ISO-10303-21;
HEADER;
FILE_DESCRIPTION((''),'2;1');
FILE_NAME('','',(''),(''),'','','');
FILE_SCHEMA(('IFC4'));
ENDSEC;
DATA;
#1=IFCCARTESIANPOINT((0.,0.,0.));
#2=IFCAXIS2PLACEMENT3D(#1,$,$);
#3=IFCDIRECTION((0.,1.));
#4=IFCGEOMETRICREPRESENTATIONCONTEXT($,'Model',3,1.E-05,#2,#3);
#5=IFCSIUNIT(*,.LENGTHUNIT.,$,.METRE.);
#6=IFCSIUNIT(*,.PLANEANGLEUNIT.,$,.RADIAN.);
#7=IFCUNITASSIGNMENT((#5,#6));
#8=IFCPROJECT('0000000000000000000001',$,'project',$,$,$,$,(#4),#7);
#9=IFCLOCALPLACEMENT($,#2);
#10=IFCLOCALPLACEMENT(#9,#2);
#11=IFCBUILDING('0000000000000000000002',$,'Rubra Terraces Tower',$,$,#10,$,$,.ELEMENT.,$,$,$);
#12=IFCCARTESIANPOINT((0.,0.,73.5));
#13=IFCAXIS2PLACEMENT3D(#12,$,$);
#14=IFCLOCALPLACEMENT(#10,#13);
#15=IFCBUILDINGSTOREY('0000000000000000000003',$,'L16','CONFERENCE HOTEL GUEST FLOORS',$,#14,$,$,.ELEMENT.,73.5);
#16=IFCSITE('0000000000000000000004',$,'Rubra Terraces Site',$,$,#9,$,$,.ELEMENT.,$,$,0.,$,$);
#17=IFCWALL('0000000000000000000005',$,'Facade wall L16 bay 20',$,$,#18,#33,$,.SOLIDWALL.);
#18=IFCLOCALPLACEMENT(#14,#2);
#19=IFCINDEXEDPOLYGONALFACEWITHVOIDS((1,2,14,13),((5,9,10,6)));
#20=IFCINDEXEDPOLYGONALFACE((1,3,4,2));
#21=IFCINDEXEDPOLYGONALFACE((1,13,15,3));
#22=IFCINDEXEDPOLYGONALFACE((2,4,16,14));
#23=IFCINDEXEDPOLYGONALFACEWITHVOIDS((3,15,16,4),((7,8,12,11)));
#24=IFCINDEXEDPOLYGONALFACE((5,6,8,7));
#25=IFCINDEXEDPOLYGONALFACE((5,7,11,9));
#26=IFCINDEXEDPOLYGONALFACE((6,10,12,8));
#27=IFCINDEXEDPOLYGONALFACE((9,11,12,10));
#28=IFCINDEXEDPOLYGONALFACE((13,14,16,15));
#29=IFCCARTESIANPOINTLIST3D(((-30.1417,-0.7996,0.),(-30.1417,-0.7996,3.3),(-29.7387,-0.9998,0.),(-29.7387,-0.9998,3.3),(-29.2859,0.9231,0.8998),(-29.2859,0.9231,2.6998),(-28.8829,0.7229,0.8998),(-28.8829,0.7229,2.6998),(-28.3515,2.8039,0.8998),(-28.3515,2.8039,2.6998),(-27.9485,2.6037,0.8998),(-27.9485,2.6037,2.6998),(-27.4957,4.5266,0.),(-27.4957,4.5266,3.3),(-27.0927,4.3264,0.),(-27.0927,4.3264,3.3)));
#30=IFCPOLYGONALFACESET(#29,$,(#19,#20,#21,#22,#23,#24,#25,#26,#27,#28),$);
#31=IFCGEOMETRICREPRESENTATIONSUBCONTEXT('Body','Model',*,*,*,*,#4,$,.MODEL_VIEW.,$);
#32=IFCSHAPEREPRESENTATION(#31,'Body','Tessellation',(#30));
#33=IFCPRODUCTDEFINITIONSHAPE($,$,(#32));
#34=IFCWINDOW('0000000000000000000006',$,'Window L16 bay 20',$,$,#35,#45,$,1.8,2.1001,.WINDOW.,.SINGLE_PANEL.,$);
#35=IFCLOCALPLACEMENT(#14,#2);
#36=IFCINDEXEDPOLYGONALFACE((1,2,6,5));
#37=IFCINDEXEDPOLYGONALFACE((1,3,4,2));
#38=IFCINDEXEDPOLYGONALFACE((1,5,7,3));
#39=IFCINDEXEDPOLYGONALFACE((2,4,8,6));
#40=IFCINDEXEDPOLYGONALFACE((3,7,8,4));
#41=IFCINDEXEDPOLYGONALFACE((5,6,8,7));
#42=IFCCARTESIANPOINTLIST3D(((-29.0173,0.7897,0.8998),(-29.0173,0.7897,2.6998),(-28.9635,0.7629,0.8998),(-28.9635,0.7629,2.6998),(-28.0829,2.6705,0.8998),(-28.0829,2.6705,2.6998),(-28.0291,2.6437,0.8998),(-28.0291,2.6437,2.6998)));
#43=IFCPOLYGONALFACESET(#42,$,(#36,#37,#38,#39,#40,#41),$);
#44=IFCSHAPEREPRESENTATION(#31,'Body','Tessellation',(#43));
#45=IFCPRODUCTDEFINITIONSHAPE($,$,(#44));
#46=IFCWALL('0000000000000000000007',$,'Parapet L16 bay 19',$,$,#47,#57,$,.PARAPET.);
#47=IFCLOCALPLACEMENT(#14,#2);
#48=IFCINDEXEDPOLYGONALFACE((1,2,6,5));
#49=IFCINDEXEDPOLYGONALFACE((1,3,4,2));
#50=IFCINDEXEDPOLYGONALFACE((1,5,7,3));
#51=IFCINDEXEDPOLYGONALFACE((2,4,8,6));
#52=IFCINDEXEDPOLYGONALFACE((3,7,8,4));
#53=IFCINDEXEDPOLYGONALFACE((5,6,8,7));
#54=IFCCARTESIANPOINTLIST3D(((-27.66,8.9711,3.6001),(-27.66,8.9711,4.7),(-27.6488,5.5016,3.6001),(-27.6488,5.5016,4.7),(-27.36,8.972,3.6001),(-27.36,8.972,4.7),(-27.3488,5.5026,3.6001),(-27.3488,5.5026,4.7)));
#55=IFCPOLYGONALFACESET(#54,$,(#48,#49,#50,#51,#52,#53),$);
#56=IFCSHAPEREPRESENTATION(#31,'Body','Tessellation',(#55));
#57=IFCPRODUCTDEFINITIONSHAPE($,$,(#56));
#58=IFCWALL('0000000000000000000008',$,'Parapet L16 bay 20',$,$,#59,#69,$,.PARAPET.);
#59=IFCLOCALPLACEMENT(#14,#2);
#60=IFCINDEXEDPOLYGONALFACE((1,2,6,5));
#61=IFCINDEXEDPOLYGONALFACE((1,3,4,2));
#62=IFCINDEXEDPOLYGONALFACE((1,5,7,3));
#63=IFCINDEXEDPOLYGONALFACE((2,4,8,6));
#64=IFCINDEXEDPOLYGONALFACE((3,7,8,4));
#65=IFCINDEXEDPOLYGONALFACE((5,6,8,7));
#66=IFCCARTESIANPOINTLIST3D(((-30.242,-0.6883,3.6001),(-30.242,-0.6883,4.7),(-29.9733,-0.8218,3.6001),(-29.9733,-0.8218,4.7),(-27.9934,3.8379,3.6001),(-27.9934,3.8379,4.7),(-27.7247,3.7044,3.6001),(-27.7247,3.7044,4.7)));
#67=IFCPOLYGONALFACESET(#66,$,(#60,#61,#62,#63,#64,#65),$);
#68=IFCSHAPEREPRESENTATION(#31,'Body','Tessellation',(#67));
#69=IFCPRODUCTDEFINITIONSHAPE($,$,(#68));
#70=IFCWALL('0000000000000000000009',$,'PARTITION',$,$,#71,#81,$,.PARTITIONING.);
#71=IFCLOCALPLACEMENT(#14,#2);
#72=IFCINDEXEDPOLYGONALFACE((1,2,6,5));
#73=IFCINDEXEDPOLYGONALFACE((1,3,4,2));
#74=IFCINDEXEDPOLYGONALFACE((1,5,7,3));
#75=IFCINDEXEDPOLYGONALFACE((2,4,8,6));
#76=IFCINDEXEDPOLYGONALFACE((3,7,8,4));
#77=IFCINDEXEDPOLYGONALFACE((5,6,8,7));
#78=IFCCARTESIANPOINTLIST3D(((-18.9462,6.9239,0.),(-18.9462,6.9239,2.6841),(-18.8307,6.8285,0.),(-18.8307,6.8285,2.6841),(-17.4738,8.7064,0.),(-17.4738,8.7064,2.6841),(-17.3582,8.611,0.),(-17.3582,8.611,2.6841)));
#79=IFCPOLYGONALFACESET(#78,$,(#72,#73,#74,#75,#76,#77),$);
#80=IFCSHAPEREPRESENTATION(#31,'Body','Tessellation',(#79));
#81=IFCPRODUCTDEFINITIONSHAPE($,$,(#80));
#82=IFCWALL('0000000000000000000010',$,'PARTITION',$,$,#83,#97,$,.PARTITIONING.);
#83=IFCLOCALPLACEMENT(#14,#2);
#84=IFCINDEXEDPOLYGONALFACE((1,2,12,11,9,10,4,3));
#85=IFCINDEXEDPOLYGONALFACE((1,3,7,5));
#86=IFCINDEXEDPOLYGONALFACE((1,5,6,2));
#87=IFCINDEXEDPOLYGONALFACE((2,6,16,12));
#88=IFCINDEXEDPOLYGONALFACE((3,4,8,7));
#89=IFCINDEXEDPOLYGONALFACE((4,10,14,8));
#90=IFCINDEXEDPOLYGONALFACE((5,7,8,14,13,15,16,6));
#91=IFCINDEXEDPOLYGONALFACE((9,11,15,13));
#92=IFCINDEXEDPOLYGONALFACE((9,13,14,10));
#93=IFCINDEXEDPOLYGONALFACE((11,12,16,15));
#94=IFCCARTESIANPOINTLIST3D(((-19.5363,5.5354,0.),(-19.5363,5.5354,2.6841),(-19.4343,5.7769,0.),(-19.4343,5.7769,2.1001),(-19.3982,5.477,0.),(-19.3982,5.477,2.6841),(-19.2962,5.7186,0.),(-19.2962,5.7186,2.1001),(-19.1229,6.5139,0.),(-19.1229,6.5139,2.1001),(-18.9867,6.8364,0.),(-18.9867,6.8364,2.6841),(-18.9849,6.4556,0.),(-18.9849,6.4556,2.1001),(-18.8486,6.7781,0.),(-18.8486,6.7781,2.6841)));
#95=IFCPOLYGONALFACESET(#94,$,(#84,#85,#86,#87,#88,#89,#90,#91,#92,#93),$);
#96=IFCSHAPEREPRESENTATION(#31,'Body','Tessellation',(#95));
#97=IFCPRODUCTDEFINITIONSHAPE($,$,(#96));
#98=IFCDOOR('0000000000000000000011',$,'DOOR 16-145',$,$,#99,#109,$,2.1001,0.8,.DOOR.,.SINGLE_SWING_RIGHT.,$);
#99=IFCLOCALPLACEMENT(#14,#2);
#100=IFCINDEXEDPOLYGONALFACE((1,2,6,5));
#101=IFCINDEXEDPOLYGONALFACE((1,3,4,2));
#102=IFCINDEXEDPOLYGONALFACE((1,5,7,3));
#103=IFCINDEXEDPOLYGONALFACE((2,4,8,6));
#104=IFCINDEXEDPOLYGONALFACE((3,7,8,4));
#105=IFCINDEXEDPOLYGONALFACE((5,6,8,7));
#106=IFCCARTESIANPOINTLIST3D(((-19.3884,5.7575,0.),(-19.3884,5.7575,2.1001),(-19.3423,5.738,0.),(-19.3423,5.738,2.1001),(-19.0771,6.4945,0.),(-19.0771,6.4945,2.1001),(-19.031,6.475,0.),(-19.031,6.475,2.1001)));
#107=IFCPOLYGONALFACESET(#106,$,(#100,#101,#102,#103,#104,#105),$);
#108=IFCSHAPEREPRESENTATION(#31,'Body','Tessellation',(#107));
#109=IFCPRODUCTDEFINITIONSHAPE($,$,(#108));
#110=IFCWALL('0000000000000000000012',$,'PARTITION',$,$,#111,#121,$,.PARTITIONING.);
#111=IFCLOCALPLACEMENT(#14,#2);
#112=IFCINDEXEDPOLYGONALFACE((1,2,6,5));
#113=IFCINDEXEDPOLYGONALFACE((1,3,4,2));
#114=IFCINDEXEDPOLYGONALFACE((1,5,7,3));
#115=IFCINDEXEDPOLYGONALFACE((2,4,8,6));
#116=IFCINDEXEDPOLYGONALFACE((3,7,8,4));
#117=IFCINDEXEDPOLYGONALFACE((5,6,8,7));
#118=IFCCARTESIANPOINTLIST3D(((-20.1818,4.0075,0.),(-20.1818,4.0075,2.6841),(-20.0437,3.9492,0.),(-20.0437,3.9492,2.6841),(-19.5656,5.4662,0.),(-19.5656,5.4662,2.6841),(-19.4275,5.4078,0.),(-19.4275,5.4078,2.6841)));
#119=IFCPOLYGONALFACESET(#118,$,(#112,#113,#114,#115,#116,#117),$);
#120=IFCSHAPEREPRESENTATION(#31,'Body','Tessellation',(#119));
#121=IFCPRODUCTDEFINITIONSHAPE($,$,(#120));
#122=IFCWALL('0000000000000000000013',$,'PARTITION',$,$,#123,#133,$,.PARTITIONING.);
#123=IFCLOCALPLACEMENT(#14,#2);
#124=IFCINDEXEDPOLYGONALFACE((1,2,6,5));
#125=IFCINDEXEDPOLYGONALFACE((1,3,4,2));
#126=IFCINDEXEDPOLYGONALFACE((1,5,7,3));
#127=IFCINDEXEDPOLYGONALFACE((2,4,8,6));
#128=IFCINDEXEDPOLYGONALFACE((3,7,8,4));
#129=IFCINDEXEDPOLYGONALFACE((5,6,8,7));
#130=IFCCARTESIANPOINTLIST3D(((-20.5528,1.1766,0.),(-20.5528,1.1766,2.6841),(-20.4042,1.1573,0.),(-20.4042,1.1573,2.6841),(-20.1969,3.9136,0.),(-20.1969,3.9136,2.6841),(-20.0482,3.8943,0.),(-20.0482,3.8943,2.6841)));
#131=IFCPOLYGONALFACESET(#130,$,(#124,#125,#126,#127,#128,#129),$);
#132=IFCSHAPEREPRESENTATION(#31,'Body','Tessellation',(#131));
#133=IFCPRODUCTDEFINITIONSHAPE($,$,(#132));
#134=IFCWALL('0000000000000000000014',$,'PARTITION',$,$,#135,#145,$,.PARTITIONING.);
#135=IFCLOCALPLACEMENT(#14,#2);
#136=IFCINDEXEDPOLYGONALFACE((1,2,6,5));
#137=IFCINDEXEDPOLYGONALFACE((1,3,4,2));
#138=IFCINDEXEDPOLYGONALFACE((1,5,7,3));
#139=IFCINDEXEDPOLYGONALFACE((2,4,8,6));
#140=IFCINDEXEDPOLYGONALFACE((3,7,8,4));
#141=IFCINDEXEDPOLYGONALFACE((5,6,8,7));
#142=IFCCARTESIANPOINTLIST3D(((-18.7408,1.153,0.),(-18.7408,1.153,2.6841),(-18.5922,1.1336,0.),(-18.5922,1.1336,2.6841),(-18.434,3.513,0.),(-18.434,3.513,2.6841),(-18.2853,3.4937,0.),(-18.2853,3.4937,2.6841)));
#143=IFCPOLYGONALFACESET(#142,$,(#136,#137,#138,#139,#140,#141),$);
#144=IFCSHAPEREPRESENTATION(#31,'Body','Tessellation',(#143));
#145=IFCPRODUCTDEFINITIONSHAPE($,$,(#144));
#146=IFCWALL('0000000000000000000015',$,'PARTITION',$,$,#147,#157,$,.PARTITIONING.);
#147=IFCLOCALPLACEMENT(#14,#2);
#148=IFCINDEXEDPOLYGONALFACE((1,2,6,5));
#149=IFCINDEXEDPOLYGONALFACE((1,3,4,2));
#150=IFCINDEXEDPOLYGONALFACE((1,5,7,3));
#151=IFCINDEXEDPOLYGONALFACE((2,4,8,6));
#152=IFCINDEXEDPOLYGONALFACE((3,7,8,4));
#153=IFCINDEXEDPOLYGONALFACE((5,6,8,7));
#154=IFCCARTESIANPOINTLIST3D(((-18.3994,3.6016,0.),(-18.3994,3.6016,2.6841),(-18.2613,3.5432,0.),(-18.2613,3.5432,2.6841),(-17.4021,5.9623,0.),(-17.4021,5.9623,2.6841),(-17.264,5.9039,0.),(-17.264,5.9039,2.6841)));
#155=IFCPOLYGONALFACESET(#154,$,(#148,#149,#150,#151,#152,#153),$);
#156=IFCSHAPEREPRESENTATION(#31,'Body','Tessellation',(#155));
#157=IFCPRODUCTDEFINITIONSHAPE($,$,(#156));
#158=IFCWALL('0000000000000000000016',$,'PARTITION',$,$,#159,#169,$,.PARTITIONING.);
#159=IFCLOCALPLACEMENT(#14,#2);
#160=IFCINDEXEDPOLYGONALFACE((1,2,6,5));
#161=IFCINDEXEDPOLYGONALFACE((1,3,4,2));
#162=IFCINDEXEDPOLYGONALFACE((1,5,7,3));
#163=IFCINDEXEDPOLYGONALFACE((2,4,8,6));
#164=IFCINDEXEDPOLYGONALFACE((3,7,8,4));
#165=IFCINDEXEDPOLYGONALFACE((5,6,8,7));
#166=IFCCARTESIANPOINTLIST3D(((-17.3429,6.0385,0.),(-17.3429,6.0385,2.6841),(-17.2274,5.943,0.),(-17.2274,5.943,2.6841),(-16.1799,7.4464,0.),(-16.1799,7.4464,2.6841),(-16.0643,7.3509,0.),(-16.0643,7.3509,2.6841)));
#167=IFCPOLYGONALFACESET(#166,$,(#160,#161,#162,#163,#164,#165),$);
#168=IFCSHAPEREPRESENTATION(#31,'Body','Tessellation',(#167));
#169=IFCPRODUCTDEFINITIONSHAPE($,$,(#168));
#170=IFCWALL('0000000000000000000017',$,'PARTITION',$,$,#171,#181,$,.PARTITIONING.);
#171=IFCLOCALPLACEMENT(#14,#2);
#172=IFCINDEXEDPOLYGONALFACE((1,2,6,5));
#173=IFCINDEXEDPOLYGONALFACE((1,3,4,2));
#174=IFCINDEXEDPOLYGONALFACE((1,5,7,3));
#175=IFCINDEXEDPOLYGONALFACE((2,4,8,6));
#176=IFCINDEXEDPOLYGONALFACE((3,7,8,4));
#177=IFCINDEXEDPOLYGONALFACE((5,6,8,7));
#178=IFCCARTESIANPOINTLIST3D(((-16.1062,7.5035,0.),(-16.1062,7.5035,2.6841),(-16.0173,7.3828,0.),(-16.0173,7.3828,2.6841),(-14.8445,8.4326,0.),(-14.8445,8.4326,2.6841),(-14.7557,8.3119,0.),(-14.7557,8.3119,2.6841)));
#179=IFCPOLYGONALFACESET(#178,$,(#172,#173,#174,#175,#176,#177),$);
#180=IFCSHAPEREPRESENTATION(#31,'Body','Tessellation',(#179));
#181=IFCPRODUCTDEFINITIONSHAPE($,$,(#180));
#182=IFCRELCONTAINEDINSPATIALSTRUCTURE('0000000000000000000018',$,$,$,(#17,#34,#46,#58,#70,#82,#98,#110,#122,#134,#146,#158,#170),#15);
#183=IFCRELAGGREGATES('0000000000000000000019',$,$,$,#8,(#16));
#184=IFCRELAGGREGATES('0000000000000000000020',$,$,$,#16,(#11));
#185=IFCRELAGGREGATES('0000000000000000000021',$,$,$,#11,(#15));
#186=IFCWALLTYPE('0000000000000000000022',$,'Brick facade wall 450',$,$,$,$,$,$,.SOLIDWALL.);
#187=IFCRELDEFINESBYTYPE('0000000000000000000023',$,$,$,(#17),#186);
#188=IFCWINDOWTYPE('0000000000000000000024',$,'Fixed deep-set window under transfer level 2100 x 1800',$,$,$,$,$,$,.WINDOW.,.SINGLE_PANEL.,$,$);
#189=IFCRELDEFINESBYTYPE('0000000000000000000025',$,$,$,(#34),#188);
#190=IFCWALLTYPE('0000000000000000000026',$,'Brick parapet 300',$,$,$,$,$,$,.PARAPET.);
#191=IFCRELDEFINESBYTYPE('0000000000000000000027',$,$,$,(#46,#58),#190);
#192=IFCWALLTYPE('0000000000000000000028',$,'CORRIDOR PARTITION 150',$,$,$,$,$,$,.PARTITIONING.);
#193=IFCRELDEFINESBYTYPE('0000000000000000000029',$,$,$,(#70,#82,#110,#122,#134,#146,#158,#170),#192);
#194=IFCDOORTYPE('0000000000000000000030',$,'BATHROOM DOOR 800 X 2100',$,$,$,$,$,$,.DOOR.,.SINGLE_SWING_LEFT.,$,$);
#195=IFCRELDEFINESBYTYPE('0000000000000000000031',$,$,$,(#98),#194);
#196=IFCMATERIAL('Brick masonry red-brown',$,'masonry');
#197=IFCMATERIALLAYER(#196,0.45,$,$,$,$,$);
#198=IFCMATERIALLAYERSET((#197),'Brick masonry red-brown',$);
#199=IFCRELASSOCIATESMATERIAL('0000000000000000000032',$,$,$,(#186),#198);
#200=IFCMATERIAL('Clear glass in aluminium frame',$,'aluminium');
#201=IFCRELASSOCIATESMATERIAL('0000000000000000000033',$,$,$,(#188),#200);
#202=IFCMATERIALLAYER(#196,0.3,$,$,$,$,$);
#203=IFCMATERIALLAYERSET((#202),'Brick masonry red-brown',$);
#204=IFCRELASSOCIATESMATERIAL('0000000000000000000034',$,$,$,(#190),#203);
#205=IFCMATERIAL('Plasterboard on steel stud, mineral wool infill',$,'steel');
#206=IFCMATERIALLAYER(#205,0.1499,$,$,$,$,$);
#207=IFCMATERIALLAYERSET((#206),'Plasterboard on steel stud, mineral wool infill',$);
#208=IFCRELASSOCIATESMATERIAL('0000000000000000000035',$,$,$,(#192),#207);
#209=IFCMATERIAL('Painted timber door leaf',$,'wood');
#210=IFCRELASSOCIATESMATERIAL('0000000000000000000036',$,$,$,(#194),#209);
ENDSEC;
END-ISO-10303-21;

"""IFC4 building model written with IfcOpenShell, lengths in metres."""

from ifc_helpers import new_model, si_unit, direction, frame, frame_2d, origin, place, context, subcontext, project, spatial, rectangle, extrude, material, layer, layer_set, type_object, element, fill, save


model = new_model("IFC4")

# Units and contexts
model_context = context("Model", 3, precision=1e-05, world=origin(), true_north=direction((0.0, 1.0)))
body_context = subcontext(model_context, "Body", "Model", "MODEL_VIEW")
ifc_project = project(units=[si_unit("LENGTHUNIT", "METRE"), si_unit("PLANEANGLEUNIT", "RADIAN")], contexts=[model_context])

# Site, building, storey
site_placement = place(None, origin())
site = spatial("IfcSite", under=ifc_project, at=site_placement, Name="Rubra Terraces Site", CompositionType="ELEMENT", RefElevation=0.0)
building_placement = place(site_placement, origin())
building = spatial("IfcBuilding", under=site, at=building_placement, Name="Rubra Terraces Tower", CompositionType="ELEMENT")
storey_placement = place(building_placement, frame((0.0, 0.0, 73.5)))
storey = spatial("IfcBuildingStorey", under=building, at=storey_placement, Name="L16", Description="CONFERENCE HOTEL GUEST FLOORS", CompositionType="ELEMENT", Elevation=73.5)

# Wall, opening, window
ifc_material_1 = material(Name="Brick masonry red-brown", Category="masonry")
ifc_layer_1 = layer(ifc_material_1, 0.45)
ifc_layer_set_1 = layer_set([ifc_layer_1], Name="Brick masonry red-brown")
wall_type_1 = type_object("IfcWallType", Name="Brick facade wall 450", PredefinedType="SOLIDWALL", material=ifc_layer_set_1)
ifc_material_2 = material(Name="Clear glass in aluminium frame", Category="aluminium")
window_type = type_object("IfcWindowType", Name="Fixed deep-set window under transfer level 2100 x 1800", PartitioningType="SINGLE_PANEL", PredefinedType="WINDOW", material=ifc_material_2)
wall_1_placement = place(storey_placement, frame((-27.2942, 4.4265, 0.0), z_axis=(0.0, 0.0, 1.0), x_axis=(-0.444913, -0.895574, 0.0)))
wall_1 = element("IfcWall", 1, at=wall_1_placement, inside=storey, type_object=wall_type_1, Name="Facade wall L16 bay 20", PredefinedType="SOLIDWALL", context=body_context, shape_type="SweptSolid", body=[
    extrude(rectangle(XDim=5.9473, YDim=0.45, at=frame_2d((2.9736, 0.0))), origin(), (0.0, 0.0, 1.0), 3.3),
])
opening_1_placement = place(wall_1_placement, frame((1.9236, 0.0, 0.8999)))
opening_1 = element("IfcOpeningElement", 2, at=opening_1_placement, cuts=wall_1, PredefinedType="OPENING", context=body_context, shape_type="SweptSolid", body=[
    extrude(rectangle(XDim=2.1001, YDim=1.8, at=frame_2d((1.05, 0.8999))), frame((0.0, 0.2349, 0.0), z_axis=(0.0, -1.0, 0.0), x_axis=(1.0, 0.0, 0.0)), (0.0, 0.0, 1.0), 0.47),
])
window_1_placement = place(opening_1_placement, origin())
window_1 = element("IfcWindow", 3, at=window_1_placement, inside=storey, type_object=window_type, Name="Window L16 bay 20", OverallHeight=1.8, OverallWidth=2.1001, PartitioningType="SINGLE_PANEL", PredefinedType="WINDOW", context=body_context, shape_type="SweptSolid", body=[
    extrude(rectangle(XDim=2.1001, YDim=1.8, at=frame_2d((1.05, 0.8999))), frame((0.0, 0.135, 0.0), z_axis=(0.0, -1.0, 0.0), x_axis=(1.0, 0.0, 0.0)), (0.0, 0.0, 1.0), 0.0601),
])
fill(opening_1, window_1)

# Walls
ifc_layer_2 = layer(ifc_material_1, 0.3)
ifc_layer_set_2 = layer_set([ifc_layer_2], Name="Brick masonry red-brown")
wall_type_2 = type_object("IfcWallType", Name="Brick parapet 300", PredefinedType="PARAPET", material=ifc_layer_set_2)
wall_2_placement = place(storey_placement, frame((-27.51, 8.9717, 3.6001), z_axis=(0.0, 0.0, 1.0), x_axis=(0.003237, -0.999995, 0.0)))
element("IfcWall", 4, at=wall_2_placement, inside=storey, type_object=wall_type_2, Name="Parapet L16 bay 19", PredefinedType="PARAPET", context=body_context, shape_type="SweptSolid", body=[
    extrude(rectangle(XDim=3.4695, YDim=0.3, at=frame_2d((1.7349, 0.0))), origin(), (0.0, 0.0, 1.0), 1.0999),
])
wall_3_placement = place(storey_placement, frame((-27.8591, 3.771, 3.6001), z_axis=(0.0, 0.0, 1.0), x_axis=(-0.444913, -0.895574, 0.0)))
element("IfcWall", 5, at=wall_3_placement, inside=storey, type_object=wall_type_2, Name="Parapet L16 bay 20", PredefinedType="PARAPET", context=body_context, shape_type="SweptSolid", body=[
    extrude(rectangle(XDim=5.054, YDim=0.3, at=frame_2d((2.5269, 0.0))), origin(), (0.0, 0.0, 1.0), 1.0999),
])
ifc_material_3 = material(Name="Plasterboard on steel stud, mineral wool infill", Category="steel")
ifc_layer_3 = layer(ifc_material_3, 0.1499)
ifc_layer_set_3 = layer_set([ifc_layer_3], Name="Plasterboard on steel stud, mineral wool infill")
wall_type_3 = type_object("IfcWallType", Name="CORRIDOR PARTITION 150", PredefinedType="PARTITIONING", material=ifc_layer_set_3)
wall_4_placement = place(storey_placement, frame((-17.416, 8.6587, 0.0), z_axis=(0.0, 0.0, 1.0), x_axis=(-0.636865, -0.770975, 0.0)))
element("IfcWall", 6, at=wall_4_placement, inside=storey, type_object=wall_type_3, Name="PARTITION", PredefinedType="PARTITIONING", context=body_context, shape_type="SweptSolid", body=[
    extrude(rectangle(XDim=2.312, YDim=0.1499, at=frame_2d((1.156, 0.0))), origin(), (0.0, 0.0, 1.0), 2.6841),
])

# Wall, opening, door
wall_5_placement = place(storey_placement, frame((-18.9177, 6.8071, 0.0), z_axis=(0.0, 0.0, 1.0), x_axis=(-0.389115, -0.921189, 0.0)))
wall_5 = element("IfcWall", 7, at=wall_5_placement, inside=storey, type_object=wall_type_3, Name="PARTITION", PredefinedType="PARTITIONING", context=body_context, shape_type="SweptSolid", body=[
    extrude(rectangle(XDim=1.4124, YDim=0.1499, at=frame_2d((0.7061, 0.0))), origin(), (0.0, 0.0, 1.0), 2.6841),
])
opening_2_placement = place(wall_5_placement, frame((0.3501, 0.0, 0.0)))
opening_2 = element("IfcOpeningElement", 8, at=opening_2_placement, cuts=wall_5, PredefinedType="OPENING", context=body_context, shape_type="SweptSolid", body=[
    extrude(rectangle(XDim=0.8, YDim=2.1001, at=frame_2d((0.3999, 1.05))), frame((0.0, 0.085, 0.0), z_axis=(0.0, -1.0, 0.0), x_axis=(1.0, 0.0, 0.0)), (0.0, 0.0, 1.0), 0.1699),
])
ifc_material_4 = material(Name="Painted timber door leaf", Category="wood")
door_type = type_object("IfcDoorType", Name="BATHROOM DOOR 800 X 2100", OperationType="SINGLE_SWING_LEFT", PredefinedType="DOOR", material=ifc_material_4)
door_1_placement = place(opening_2_placement, origin())
door_1 = element("IfcDoor", 9, at=door_1_placement, inside=storey, type_object=door_type, Name="DOOR 16-145", OperationType="SINGLE_SWING_RIGHT", OverallHeight=2.1001, OverallWidth=0.8, PredefinedType="DOOR", context=body_context, shape_type="SweptSolid", body=[
    extrude(rectangle(XDim=0.8, YDim=2.1001, at=frame_2d((0.3999, 1.05))), frame((0.0, 0.0249, 0.0), z_axis=(0.0, -1.0, 0.0), x_axis=(1.0, 0.0, 0.0)), (0.0, 0.0, 1.0), 0.05),
])
fill(opening_2, door_1)

# Walls
wall_6_placement = place(storey_placement, frame((-19.4966, 5.437, 0.0), z_axis=(0.0, 0.0, 1.0), x_axis=(-0.389132, -0.921182, 0.0)))
element("IfcWall", 10, at=wall_6_placement, inside=storey, type_object=wall_type_3, Name="PARTITION", PredefinedType="PARTITIONING", context=body_context, shape_type="SweptSolid", body=[
    extrude(rectangle(XDim=1.5835, YDim=0.1499, at=frame_2d((0.7917, 0.0))), origin(), (0.0, 0.0, 1.0), 2.6841),
])
wall_7_placement = place(storey_placement, frame((-20.1226, 3.9038, 0.0), z_axis=(0.0, 0.0, 1.0), x_axis=(-0.128965, -0.991649, 0.0)))
element("IfcWall", 11, at=wall_7_placement, inside=storey, type_object=wall_type_3, Name="PARTITION", PredefinedType="PARTITIONING", context=body_context, shape_type="SweptSolid", body=[
    extrude(rectangle(XDim=2.76, YDim=0.1499, at=frame_2d((1.3799, 0.0))), origin(), (0.0, 0.0, 1.0), 2.6841),
])
wall_8_placement = place(storey_placement, frame((-18.6665, 1.1433, 0.0), z_axis=(0.0, 0.0, 1.0), x_axis=(0.128944, 0.991652, 0.0)))
element("IfcWall", 12, at=wall_8_placement, inside=storey, type_object=wall_type_3, Name="PARTITION", PredefinedType="PARTITIONING", context=body_context, shape_type="SweptSolid", body=[
    extrude(rectangle(XDim=2.3799, YDim=0.1499, at=frame_2d((1.1899, 0.0))), origin(), (0.0, 0.0, 1.0), 2.6841),
])
wall_9_placement = place(storey_placement, frame((-18.3303, 3.5725, 0.0), z_axis=(0.0, 0.0, 1.0), x_axis=(0.389177, 0.921163, 0.0)))
element("IfcWall", 13, at=wall_9_placement, inside=storey, type_object=wall_type_3, Name="PARTITION", PredefinedType="PARTITIONING", context=body_context, shape_type="SweptSolid", body=[
    extrude(rectangle(XDim=2.5627, YDim=0.1499, at=frame_2d((1.2812, 0.0))), origin(), (0.0, 0.0, 1.0), 2.6841),
])
wall_10_placement = place(storey_placement, frame((-17.2852, 5.9907, 0.0), z_axis=(0.0, 0.0, 1.0), x_axis=(0.636878, 0.770965, 0.0)))
element("IfcWall", 14, at=wall_10_placement, inside=storey, type_object=wall_type_3, Name="PARTITION", PredefinedType="PARTITIONING", context=body_context, shape_type="SweptSolid", body=[
    extrude(rectangle(XDim=1.8262, YDim=0.1499, at=frame_2d((0.9131, 0.0))), origin(), (0.0, 0.0, 1.0), 2.6841),
])
wall_11_placement = place(storey_placement, frame((-16.0618, 7.4431, 0.0), z_axis=(0.0, 0.0, 1.0), x_axis=(0.805205, 0.592997, 0.0)))
element("IfcWall", 15, at=wall_11_placement, inside=storey, type_object=wall_type_3, Name="PARTITION", PredefinedType="PARTITIONING", context=body_context, shape_type="SweptSolid", body=[
    extrude(rectangle(XDim=1.5669, YDim=0.1499, at=frame_2d((0.7834, 0.0))), origin(), (0.0, 0.0, 1.0), 2.6841),
])

save(model, "model.ifc")
